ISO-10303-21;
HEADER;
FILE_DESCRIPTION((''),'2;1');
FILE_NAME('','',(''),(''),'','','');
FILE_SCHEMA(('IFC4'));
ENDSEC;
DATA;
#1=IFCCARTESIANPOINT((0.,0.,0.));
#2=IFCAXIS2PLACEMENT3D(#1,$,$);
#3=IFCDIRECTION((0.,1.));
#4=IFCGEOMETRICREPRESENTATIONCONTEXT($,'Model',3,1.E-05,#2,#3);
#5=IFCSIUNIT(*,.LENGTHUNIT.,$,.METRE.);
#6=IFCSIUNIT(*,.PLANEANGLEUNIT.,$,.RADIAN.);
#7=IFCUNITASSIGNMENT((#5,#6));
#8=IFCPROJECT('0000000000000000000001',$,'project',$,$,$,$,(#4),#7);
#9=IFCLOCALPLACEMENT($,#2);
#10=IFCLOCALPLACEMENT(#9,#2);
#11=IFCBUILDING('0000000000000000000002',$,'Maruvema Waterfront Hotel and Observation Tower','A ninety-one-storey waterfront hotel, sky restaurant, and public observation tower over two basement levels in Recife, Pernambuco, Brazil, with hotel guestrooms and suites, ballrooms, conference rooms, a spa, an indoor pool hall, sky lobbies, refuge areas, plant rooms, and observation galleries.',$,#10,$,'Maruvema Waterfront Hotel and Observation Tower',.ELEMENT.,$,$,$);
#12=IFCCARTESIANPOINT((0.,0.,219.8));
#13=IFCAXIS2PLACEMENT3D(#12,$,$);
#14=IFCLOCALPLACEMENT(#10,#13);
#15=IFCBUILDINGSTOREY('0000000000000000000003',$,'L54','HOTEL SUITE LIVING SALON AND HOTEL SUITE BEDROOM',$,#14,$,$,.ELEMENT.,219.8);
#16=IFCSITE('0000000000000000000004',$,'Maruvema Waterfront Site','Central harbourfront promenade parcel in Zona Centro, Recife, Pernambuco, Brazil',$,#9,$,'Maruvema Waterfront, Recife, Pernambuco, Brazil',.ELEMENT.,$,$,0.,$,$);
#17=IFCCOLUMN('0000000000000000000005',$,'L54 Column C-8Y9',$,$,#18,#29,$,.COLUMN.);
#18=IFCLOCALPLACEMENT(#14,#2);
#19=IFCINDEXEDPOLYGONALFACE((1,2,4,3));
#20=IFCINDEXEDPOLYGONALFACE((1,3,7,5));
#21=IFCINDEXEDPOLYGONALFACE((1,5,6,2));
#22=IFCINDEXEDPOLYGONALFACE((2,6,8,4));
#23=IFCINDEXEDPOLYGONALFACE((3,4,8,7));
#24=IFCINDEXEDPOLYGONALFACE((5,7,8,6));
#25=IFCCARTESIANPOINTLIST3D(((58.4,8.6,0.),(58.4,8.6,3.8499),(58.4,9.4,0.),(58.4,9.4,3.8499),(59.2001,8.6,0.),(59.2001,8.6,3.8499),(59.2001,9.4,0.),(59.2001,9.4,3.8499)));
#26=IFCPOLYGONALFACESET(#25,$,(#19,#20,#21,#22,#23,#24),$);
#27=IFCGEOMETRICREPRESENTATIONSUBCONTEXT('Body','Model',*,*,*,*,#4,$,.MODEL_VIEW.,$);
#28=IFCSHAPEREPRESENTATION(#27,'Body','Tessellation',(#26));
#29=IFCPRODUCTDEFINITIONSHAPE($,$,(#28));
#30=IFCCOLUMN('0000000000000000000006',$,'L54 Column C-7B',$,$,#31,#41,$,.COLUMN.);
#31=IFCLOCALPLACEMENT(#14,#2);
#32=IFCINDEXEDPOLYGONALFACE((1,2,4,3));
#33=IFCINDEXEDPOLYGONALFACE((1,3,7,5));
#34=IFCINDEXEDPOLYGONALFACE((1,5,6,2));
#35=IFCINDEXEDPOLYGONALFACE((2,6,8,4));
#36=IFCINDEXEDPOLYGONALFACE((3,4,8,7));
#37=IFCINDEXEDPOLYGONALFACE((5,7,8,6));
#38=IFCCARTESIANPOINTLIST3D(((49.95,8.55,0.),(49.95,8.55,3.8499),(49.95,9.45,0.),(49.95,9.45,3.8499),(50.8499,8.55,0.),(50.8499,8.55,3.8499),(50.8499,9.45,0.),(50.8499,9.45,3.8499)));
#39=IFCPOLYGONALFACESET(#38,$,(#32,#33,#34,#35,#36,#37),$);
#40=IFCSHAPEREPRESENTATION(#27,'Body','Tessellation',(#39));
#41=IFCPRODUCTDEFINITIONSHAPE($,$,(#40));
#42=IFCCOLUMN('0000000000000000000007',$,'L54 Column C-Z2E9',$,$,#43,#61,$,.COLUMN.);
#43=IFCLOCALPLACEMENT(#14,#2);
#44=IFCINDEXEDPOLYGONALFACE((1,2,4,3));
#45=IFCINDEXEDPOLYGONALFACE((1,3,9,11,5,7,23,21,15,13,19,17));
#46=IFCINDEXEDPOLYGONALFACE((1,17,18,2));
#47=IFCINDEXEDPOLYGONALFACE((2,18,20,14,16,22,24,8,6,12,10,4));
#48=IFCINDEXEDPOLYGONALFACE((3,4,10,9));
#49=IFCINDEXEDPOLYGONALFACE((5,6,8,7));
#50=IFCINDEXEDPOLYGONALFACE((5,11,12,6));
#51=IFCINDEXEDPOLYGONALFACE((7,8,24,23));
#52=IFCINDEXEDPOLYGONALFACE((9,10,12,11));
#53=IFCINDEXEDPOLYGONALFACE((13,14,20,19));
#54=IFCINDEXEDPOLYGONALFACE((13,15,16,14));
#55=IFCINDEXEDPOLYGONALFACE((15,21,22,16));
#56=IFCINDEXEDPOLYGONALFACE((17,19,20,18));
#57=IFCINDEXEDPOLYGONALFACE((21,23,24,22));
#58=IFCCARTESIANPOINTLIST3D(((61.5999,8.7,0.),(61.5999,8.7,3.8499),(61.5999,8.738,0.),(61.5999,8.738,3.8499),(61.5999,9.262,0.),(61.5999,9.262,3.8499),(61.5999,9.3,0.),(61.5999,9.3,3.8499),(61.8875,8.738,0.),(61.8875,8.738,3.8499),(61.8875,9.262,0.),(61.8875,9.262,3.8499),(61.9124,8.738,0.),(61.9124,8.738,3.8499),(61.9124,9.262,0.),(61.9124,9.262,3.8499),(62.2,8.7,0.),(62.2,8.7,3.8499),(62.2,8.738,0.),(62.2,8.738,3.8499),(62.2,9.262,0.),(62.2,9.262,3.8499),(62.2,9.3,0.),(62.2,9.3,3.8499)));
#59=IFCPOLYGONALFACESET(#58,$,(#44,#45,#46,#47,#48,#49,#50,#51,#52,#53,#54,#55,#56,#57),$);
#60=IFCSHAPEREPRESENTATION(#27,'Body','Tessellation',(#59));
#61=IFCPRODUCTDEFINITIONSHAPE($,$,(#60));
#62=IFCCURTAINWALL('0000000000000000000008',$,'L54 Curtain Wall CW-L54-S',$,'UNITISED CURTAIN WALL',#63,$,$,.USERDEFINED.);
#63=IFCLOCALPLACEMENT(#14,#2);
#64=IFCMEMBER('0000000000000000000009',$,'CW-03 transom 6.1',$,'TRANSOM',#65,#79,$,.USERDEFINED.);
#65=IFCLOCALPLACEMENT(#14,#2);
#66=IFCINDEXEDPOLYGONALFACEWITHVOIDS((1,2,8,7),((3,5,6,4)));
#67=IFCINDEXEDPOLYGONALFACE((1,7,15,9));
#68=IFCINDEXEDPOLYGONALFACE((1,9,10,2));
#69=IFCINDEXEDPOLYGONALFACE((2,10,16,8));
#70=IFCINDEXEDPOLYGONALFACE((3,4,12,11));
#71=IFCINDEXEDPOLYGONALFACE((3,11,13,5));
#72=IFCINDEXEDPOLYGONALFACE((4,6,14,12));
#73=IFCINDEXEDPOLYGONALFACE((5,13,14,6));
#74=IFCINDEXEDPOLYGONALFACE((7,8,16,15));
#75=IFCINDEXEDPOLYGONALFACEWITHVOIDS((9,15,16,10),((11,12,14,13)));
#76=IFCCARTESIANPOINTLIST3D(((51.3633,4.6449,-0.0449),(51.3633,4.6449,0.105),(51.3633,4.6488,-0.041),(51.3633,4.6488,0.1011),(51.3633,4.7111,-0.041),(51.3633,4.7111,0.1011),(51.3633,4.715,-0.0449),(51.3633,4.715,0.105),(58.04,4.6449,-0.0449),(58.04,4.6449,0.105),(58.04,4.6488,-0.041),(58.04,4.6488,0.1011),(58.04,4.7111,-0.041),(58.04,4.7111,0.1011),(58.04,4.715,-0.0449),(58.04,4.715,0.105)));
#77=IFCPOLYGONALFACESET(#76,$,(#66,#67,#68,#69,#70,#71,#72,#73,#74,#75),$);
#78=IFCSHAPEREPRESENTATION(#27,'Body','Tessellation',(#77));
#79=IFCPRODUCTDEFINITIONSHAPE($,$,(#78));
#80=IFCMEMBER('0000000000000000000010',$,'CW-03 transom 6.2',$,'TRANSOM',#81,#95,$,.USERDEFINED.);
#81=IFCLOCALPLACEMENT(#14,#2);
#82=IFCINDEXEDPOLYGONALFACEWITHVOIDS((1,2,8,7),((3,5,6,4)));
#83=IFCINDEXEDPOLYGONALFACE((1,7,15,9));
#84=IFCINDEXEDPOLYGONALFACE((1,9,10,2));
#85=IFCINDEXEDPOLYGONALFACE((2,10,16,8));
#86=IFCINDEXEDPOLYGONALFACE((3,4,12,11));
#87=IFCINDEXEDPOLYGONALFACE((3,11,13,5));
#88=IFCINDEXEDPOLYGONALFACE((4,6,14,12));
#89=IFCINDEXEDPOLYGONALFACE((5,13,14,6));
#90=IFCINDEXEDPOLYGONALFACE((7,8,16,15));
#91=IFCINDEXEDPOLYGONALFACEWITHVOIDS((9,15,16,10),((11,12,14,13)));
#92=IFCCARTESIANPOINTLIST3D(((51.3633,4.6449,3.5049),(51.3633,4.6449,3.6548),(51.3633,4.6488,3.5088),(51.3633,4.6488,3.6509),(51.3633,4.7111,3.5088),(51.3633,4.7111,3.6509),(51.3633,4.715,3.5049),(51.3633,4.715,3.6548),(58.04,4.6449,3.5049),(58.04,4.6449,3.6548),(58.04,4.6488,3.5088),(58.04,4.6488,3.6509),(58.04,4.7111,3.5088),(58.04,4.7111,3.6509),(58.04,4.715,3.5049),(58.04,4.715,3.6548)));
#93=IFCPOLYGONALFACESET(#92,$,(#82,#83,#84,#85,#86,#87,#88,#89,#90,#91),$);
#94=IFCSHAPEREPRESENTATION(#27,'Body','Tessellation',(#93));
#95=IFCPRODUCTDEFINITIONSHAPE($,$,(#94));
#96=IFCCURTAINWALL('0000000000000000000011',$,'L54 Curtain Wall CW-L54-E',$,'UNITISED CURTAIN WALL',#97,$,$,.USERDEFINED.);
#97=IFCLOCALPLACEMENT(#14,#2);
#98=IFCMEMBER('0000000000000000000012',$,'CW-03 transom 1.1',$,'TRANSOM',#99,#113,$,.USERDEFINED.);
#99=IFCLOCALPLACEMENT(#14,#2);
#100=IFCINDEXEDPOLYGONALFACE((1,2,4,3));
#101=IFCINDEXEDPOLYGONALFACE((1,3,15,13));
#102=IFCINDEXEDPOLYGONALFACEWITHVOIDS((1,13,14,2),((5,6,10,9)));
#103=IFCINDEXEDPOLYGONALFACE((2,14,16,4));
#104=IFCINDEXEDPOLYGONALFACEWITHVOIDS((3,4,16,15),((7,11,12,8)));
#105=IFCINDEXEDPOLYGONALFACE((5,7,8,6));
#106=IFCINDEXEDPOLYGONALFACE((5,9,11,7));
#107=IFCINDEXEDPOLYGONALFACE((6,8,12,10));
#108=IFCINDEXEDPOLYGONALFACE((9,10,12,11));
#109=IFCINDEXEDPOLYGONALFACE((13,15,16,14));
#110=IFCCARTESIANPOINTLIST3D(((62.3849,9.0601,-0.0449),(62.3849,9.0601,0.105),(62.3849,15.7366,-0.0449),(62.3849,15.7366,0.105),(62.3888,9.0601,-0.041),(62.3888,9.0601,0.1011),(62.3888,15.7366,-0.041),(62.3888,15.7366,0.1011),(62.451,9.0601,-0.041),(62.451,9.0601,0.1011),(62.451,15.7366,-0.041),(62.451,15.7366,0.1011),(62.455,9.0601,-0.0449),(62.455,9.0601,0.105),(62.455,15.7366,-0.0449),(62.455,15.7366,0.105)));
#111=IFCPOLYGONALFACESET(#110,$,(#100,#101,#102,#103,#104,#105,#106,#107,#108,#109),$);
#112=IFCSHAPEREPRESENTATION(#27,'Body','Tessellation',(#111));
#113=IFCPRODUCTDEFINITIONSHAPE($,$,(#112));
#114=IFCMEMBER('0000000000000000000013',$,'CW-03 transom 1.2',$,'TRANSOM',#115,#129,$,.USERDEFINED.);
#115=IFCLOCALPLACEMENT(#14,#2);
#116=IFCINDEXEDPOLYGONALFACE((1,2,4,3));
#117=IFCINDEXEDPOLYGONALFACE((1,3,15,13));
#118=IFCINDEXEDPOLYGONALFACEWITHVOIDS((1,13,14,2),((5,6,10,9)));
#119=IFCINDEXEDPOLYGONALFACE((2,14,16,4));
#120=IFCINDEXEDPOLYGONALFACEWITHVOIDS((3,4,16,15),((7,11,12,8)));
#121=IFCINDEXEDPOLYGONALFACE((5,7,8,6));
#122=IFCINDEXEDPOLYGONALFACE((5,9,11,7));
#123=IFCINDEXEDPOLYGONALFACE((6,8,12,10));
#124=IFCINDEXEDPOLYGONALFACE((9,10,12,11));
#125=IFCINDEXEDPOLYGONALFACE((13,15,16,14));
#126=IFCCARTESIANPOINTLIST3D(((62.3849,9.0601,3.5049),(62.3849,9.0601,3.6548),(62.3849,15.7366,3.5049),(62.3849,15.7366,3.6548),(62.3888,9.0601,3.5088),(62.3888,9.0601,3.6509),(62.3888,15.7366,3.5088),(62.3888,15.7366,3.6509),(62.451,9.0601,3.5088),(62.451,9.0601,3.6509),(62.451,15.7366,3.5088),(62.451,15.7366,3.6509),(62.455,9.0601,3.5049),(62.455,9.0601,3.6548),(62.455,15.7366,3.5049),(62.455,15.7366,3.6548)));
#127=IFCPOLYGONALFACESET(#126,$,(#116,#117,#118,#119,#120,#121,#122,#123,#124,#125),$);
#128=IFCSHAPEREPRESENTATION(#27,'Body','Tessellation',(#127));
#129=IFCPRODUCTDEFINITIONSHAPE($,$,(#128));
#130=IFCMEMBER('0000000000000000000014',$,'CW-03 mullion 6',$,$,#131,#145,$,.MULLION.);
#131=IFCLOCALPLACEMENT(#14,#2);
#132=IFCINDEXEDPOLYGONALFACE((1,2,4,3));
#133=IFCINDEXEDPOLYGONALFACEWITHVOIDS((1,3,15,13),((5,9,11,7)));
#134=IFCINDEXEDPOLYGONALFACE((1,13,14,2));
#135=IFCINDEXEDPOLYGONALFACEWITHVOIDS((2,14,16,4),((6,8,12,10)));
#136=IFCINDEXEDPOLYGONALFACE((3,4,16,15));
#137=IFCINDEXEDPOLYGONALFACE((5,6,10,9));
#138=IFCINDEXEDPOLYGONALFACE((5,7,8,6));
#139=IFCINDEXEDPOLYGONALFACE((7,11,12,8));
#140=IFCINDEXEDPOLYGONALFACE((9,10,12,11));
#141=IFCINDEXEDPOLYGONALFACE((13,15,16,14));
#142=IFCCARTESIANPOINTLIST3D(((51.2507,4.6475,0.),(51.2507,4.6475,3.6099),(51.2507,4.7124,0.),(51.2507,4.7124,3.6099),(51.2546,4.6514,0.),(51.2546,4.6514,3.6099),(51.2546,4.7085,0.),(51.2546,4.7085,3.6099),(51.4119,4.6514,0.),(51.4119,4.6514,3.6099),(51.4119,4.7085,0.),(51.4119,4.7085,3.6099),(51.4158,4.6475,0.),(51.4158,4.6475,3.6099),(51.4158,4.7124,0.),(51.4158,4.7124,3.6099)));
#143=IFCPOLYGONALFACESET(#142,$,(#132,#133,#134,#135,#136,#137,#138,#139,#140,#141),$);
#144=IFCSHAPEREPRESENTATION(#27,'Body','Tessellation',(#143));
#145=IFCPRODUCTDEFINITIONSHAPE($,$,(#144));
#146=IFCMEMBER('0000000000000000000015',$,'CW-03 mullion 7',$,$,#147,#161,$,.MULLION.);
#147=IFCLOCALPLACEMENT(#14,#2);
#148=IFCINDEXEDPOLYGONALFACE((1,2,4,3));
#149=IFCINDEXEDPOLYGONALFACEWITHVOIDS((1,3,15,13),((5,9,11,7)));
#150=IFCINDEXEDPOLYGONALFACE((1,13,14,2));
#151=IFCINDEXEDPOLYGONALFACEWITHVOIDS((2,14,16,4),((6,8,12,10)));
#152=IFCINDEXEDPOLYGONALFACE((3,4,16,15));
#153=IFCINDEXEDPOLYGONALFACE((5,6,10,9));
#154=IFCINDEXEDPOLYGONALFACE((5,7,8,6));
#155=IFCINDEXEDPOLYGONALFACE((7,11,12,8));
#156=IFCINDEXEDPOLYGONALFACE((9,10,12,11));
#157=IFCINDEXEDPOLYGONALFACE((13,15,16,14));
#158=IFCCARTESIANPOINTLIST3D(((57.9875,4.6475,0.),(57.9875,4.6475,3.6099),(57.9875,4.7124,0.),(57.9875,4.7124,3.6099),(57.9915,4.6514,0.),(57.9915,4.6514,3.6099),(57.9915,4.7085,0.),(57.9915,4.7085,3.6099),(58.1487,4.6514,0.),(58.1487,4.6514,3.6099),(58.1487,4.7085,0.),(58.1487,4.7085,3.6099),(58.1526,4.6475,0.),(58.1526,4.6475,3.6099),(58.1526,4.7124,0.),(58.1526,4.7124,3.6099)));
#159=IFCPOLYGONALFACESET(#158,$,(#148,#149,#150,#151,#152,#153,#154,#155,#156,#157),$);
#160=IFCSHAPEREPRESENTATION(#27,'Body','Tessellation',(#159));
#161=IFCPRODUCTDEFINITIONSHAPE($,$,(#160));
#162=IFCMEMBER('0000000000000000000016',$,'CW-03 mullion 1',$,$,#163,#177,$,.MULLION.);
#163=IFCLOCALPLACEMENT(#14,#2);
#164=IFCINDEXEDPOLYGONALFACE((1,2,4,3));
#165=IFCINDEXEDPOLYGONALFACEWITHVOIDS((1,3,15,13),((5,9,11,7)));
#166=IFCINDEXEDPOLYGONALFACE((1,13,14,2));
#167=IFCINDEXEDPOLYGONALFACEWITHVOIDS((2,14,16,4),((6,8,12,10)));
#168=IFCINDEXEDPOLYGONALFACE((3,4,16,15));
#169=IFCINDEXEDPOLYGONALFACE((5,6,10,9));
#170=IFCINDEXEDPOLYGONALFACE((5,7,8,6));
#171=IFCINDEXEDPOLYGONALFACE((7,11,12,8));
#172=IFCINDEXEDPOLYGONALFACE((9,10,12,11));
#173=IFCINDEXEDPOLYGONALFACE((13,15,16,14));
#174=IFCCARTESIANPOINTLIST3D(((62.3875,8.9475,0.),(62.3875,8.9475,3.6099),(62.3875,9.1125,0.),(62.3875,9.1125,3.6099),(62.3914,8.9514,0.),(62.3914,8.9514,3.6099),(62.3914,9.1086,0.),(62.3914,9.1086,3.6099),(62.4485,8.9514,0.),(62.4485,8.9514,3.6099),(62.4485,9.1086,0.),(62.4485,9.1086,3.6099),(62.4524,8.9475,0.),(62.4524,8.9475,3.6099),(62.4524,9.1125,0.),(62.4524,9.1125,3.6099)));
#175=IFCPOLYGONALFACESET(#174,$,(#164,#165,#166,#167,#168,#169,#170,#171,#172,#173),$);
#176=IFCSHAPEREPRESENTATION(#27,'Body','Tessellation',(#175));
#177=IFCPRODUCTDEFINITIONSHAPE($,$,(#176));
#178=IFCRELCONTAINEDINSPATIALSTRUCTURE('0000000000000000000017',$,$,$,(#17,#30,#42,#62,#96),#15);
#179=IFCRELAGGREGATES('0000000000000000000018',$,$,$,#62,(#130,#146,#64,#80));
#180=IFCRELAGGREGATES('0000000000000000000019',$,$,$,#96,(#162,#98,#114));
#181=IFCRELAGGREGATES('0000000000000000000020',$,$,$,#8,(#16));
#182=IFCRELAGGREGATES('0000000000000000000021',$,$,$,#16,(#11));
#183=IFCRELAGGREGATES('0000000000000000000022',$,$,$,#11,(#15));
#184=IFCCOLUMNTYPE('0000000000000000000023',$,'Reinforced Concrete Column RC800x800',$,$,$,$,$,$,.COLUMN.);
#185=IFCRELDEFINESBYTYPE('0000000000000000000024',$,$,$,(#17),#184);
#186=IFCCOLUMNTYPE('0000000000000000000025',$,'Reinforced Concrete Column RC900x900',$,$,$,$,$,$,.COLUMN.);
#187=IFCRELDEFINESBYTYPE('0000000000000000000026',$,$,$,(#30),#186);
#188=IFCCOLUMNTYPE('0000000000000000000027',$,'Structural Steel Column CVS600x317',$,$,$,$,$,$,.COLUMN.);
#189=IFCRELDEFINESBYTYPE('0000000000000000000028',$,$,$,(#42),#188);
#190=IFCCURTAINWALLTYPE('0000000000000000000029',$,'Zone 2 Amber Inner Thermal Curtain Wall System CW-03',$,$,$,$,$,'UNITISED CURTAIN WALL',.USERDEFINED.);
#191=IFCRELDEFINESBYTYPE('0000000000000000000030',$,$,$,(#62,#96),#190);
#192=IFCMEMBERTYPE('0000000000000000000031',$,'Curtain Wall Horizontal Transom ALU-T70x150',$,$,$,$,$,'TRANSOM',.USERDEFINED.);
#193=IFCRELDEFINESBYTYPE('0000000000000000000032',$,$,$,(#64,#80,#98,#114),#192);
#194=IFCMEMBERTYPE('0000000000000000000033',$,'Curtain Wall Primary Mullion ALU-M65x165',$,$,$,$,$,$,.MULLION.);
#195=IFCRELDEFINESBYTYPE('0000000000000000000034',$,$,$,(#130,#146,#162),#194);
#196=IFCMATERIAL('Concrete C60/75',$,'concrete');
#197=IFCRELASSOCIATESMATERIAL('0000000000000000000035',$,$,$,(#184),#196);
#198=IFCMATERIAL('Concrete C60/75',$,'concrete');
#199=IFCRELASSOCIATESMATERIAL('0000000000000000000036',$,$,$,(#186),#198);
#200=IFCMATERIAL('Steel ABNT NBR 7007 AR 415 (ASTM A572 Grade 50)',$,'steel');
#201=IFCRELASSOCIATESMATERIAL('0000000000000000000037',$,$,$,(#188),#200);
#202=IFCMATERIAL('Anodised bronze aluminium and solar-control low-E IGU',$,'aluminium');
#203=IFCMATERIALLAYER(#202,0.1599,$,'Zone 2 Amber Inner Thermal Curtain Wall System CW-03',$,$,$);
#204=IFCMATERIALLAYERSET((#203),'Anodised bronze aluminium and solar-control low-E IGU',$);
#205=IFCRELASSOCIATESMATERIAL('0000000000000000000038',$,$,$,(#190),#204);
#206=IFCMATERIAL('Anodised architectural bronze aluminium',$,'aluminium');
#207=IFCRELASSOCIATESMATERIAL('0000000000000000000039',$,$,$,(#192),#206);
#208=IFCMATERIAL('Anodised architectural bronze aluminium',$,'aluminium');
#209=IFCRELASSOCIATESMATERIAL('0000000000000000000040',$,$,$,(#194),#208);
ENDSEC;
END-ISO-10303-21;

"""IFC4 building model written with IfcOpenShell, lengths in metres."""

from ifc_helpers import new_model, si_unit, direction, frame, origin, origin_2d, place, context, subcontext, project, spatial, rectangle, hollow_rectangle, i_section, extrude, material, layer, layer_set, material_profile, profile_set, type_object, element, aggregate, save


model = new_model("IFC4")

# Units and contexts
model_context = context("Model", 3, precision=1e-05, world=origin(), true_north=direction((0.0, 1.0)))
body_context = subcontext(model_context, "Body", "Model", "MODEL_VIEW")
ifc_project = project(units=[si_unit("LENGTHUNIT", "METRE"), si_unit("PLANEANGLEUNIT", "RADIAN")], contexts=[model_context])

# Site, building, storey
site_placement = place(None, origin())
site = spatial("IfcSite", under=ifc_project, at=site_placement, Name="Maruvema Waterfront Site", Description="Central harbourfront promenade parcel in Zona Centro, Recife, Pernambuco, Brazil", LongName="Maruvema Waterfront, Recife, Pernambuco, Brazil", CompositionType="ELEMENT", RefElevation=0.0)
building_placement = place(site_placement, origin())
building = spatial("IfcBuilding", under=site, at=building_placement, Name="Maruvema Waterfront Hotel and Observation Tower", Description="A ninety-one-storey waterfront hotel, sky restaurant, and public observation tower over two basement levels in Recife, Pernambuco, Brazil, with hotel guestrooms and suites, ballrooms, conference rooms, a spa, an indoor pool hall, sky lobbies, refuge areas, plant rooms, and observation galleries.", LongName="Maruvema Waterfront Hotel and Observation Tower", CompositionType="ELEMENT")
storey_placement = place(building_placement, frame((0.0, 0.0, 219.8)))
storey = spatial("IfcBuildingStorey", under=building, at=storey_placement, Name="L54", Description="HOTEL SUITE LIVING SALON AND HOTEL SUITE BEDROOM", CompositionType="ELEMENT", Elevation=219.8)

# Columns
ifc_material_1 = material(Name="Concrete C60/75", Category="concrete")
ifc_material_profile_1 = material_profile(ifc_material_1, rectangle(XDim=0.8, YDim=0.8, at=origin_2d()), Name="RC800x800")
ifc_profile_set_1 = profile_set([ifc_material_profile_1], Name="Concrete C60/75")
column_type_1 = type_object("IfcColumnType", Name="Reinforced Concrete Column RC800x800", PredefinedType="COLUMN", material=ifc_profile_set_1)
column_1_placement = place(storey_placement, frame((58.8, 9.0, 0.0), z_axis=(0.0, 0.0, 1.0), x_axis=(1.0, 0.0, 0.0)))
element("IfcColumn", 1, at=column_1_placement, inside=storey, type_object=column_type_1, Name="L54 Column C-8Y9", PredefinedType="COLUMN", context=body_context, shape_type="SweptSolid", body=[
    extrude(rectangle(XDim=0.8, YDim=0.8, at=origin_2d()), origin(), (0.0, 0.0, 1.0), 3.8499),
])
ifc_material_2 = material(Name="Concrete C60/75", Category="concrete")
ifc_material_profile_2 = material_profile(ifc_material_2, rectangle(XDim=0.8999, YDim=0.8999, at=origin_2d()), Name="RC900x900")
ifc_profile_set_2 = profile_set([ifc_material_profile_2], Name="Concrete C60/75")
column_type_2 = type_object("IfcColumnType", Name="Reinforced Concrete Column RC900x900", PredefinedType="COLUMN", material=ifc_profile_set_2)
column_2_placement = place(storey_placement, frame((50.3999, 9.0, 0.0), z_axis=(0.0, 0.0, 1.0), x_axis=(1.0, 0.0, 0.0)))
element("IfcColumn", 2, at=column_2_placement, inside=storey, type_object=column_type_2, Name="L54 Column C-7B", PredefinedType="COLUMN", context=body_context, shape_type="SweptSolid", body=[
    extrude(rectangle(XDim=0.8999, YDim=0.8999, at=origin_2d()), origin(), (0.0, 0.0, 1.0), 3.8499),
])
ifc_material_3 = material(Name="Steel ABNT NBR 7007 AR 415 (ASTM A572 Grade 50)", Category="steel")
ifc_material_profile_3 = material_profile(ifc_material_3, i_section(OverallWidth=0.6001, OverallDepth=0.6001, WebThickness=0.0249, FlangeThickness=0.0381, at=origin_2d()), Name="CVS600x317")
ifc_profile_set_3 = profile_set([ifc_material_profile_3], Name="Steel ABNT NBR 7007 AR 415 (ASTM A572 Grade 50)")
column_type_3 = type_object("IfcColumnType", Name="Structural Steel Column CVS600x317", PredefinedType="COLUMN", material=ifc_profile_set_3)
column_3_placement = place(storey_placement, frame((61.8999, 9.0, 0.0), z_axis=(0.0, 0.0, 1.0), x_axis=(1.0, 0.0, 0.0)))
element("IfcColumn", 3, at=column_3_placement, inside=storey, type_object=column_type_3, Name="L54 Column C-Z2E9", PredefinedType="COLUMN", context=body_context, shape_type="SweptSolid", body=[
    extrude(i_section(OverallWidth=0.6001, OverallDepth=0.6001, WebThickness=0.0249, FlangeThickness=0.0381, at=origin_2d()), origin(), (0.0, 0.0, 1.0), 3.8499),
])

# Curtain walls, members
ifc_material_4 = material(Name="Anodised bronze aluminium and solar-control low-E IGU", Category="aluminium")
ifc_layer_1 = layer(ifc_material_4, 0.1599, Name="Zone 2 Amber Inner Thermal Curtain Wall System CW-03")
ifc_layer_set_1 = layer_set([ifc_layer_1], Name="Anodised bronze aluminium and solar-control low-E IGU")
curtain_wall_type = type_object("IfcCurtainWallType", Name="Zone 2 Amber Inner Thermal Curtain Wall System CW-03", ElementType="UNITISED CURTAIN WALL", PredefinedType="USERDEFINED", material=ifc_layer_set_1)
curtain_wall_1_placement = place(storey_placement, origin())
curtain_wall_1 = element("IfcCurtainWall", 4, at=curtain_wall_1_placement, inside=storey, type_object=curtain_wall_type, Name="L54 Curtain Wall CW-L54-S", ObjectType="UNITISED CURTAIN WALL", PredefinedType="USERDEFINED")
ifc_material_5 = material(Name="Anodised architectural bronze aluminium", Category="aluminium")
ifc_material_profile_4 = material_profile(ifc_material_5, hollow_rectangle(XDim=0.0701, YDim=0.1499, WallThickness=0.0039, at=origin_2d()), Name="ALU-T70x150")
ifc_profile_set_4 = profile_set([ifc_material_profile_4], Name="Anodised architectural bronze aluminium")
member_type_1 = type_object("IfcMemberType", Name="Curtain Wall Horizontal Transom ALU-T70x150", ElementType="TRANSOM", PredefinedType="USERDEFINED", material=ifc_profile_set_4)
member_1_placement = place(storey_placement, frame((51.3633, 4.6799, 0.03), z_axis=(1.0, 0.0, 0.0), x_axis=(0.0, 1.0, 0.0)))
member_1 = element("IfcMember", 5, at=member_1_placement, type_object=member_type_1, Name="CW-03 transom 6.1", ObjectType="TRANSOM", PredefinedType="USERDEFINED", context=body_context, shape_type="SweptSolid", body=[
    extrude(hollow_rectangle(XDim=0.0701, YDim=0.1499, WallThickness=0.0039, at=origin_2d()), origin(), (0.0, 0.0, 1.0), 6.6768),
])
member_2_placement = place(storey_placement, frame((51.3633, 4.6799, 3.5798), z_axis=(1.0, 0.0, 0.0), x_axis=(0.0, 1.0, 0.0)))
member_2 = element("IfcMember", 6, at=member_2_placement, type_object=member_type_1, Name="CW-03 transom 6.2", ObjectType="TRANSOM", PredefinedType="USERDEFINED", context=body_context, shape_type="SweptSolid", body=[
    extrude(hollow_rectangle(XDim=0.0701, YDim=0.1499, WallThickness=0.0039, at=origin_2d()), origin(), (0.0, 0.0, 1.0), 6.6768),
])
curtain_wall_2_placement = place(storey_placement, origin())
curtain_wall_2 = element("IfcCurtainWall", 7, at=curtain_wall_2_placement, inside=storey, type_object=curtain_wall_type, Name="L54 Curtain Wall CW-L54-E", ObjectType="UNITISED CURTAIN WALL", PredefinedType="USERDEFINED")
member_3_placement = place(storey_placement, frame((62.4199, 9.0601, 0.03), z_axis=(0.0, 1.0, 0.0), x_axis=(-1.0, 0.0, 0.0)))
member_3 = element("IfcMember", 8, at=member_3_placement, type_object=member_type_1, Name="CW-03 transom 1.1", ObjectType="TRANSOM", PredefinedType="USERDEFINED", context=body_context, shape_type="SweptSolid", body=[
    extrude(hollow_rectangle(XDim=0.0701, YDim=0.1499, WallThickness=0.0039, at=origin_2d()), origin(), (0.0, 0.0, 1.0), 6.6765),
])
member_4_placement = place(storey_placement, frame((62.4199, 9.0601, 3.5798), z_axis=(0.0, 1.0, 0.0), x_axis=(-1.0, 0.0, 0.0)))
member_4 = element("IfcMember", 9, at=member_4_placement, type_object=member_type_1, Name="CW-03 transom 1.2", ObjectType="TRANSOM", PredefinedType="USERDEFINED", context=body_context, shape_type="SweptSolid", body=[
    extrude(hollow_rectangle(XDim=0.0701, YDim=0.1499, WallThickness=0.0039, at=origin_2d()), origin(), (0.0, 0.0, 1.0), 6.6765),
])

# Members
ifc_material_6 = material(Name="Anodised architectural bronze aluminium", Category="aluminium")
ifc_material_profile_5 = material_profile(ifc_material_6, hollow_rectangle(XDim=0.0649, YDim=0.165, WallThickness=0.0039, at=origin_2d()), Name="ALU-M65x165")
ifc_profile_set_5 = profile_set([ifc_material_profile_5], Name="Anodised architectural bronze aluminium")
member_type_2 = type_object("IfcMemberType", Name="Curtain Wall Primary Mullion ALU-M65x165", PredefinedType="MULLION", material=ifc_profile_set_5)
member_5_placement = place(storey_placement, frame((51.3333, 4.6799, 0.0), z_axis=(0.0, 0.0, 1.0), x_axis=(0.0, 1.0, 0.0)))
member_5 = element("IfcMember", 10, at=member_5_placement, type_object=member_type_2, Name="CW-03 mullion 6", PredefinedType="MULLION", context=body_context, shape_type="SweptSolid", body=[
    extrude(hollow_rectangle(XDim=0.0649, YDim=0.165, WallThickness=0.0039, at=origin_2d()), origin(), (0.0, 0.0, 1.0), 3.6099),
])
member_6_placement = place(storey_placement, frame((58.0701, 4.6799, 0.0), z_axis=(0.0, 0.0, 1.0), x_axis=(0.0, 1.0, 0.0)))
member_6 = element("IfcMember", 11, at=member_6_placement, type_object=member_type_2, Name="CW-03 mullion 7", PredefinedType="MULLION", context=body_context, shape_type="SweptSolid", body=[
    extrude(hollow_rectangle(XDim=0.0649, YDim=0.165, WallThickness=0.0039, at=origin_2d()), origin(), (0.0, 0.0, 1.0), 3.6099),
])
member_7_placement = place(storey_placement, frame((62.4199, 9.03, 0.0), z_axis=(0.0, 0.0, 1.0), x_axis=(-1.0, 0.0, 0.0)))
member_7 = element("IfcMember", 12, at=member_7_placement, type_object=member_type_2, Name="CW-03 mullion 1", PredefinedType="MULLION", context=body_context, shape_type="SweptSolid", body=[
    extrude(hollow_rectangle(XDim=0.0649, YDim=0.165, WallThickness=0.0039, at=origin_2d()), origin(), (0.0, 0.0, 1.0), 3.6099),
])

aggregate(curtain_wall_1, [member_5, member_6, member_1, member_2])
aggregate(curtain_wall_2, [member_7, member_3, member_4])

save(model, "model.ifc")
